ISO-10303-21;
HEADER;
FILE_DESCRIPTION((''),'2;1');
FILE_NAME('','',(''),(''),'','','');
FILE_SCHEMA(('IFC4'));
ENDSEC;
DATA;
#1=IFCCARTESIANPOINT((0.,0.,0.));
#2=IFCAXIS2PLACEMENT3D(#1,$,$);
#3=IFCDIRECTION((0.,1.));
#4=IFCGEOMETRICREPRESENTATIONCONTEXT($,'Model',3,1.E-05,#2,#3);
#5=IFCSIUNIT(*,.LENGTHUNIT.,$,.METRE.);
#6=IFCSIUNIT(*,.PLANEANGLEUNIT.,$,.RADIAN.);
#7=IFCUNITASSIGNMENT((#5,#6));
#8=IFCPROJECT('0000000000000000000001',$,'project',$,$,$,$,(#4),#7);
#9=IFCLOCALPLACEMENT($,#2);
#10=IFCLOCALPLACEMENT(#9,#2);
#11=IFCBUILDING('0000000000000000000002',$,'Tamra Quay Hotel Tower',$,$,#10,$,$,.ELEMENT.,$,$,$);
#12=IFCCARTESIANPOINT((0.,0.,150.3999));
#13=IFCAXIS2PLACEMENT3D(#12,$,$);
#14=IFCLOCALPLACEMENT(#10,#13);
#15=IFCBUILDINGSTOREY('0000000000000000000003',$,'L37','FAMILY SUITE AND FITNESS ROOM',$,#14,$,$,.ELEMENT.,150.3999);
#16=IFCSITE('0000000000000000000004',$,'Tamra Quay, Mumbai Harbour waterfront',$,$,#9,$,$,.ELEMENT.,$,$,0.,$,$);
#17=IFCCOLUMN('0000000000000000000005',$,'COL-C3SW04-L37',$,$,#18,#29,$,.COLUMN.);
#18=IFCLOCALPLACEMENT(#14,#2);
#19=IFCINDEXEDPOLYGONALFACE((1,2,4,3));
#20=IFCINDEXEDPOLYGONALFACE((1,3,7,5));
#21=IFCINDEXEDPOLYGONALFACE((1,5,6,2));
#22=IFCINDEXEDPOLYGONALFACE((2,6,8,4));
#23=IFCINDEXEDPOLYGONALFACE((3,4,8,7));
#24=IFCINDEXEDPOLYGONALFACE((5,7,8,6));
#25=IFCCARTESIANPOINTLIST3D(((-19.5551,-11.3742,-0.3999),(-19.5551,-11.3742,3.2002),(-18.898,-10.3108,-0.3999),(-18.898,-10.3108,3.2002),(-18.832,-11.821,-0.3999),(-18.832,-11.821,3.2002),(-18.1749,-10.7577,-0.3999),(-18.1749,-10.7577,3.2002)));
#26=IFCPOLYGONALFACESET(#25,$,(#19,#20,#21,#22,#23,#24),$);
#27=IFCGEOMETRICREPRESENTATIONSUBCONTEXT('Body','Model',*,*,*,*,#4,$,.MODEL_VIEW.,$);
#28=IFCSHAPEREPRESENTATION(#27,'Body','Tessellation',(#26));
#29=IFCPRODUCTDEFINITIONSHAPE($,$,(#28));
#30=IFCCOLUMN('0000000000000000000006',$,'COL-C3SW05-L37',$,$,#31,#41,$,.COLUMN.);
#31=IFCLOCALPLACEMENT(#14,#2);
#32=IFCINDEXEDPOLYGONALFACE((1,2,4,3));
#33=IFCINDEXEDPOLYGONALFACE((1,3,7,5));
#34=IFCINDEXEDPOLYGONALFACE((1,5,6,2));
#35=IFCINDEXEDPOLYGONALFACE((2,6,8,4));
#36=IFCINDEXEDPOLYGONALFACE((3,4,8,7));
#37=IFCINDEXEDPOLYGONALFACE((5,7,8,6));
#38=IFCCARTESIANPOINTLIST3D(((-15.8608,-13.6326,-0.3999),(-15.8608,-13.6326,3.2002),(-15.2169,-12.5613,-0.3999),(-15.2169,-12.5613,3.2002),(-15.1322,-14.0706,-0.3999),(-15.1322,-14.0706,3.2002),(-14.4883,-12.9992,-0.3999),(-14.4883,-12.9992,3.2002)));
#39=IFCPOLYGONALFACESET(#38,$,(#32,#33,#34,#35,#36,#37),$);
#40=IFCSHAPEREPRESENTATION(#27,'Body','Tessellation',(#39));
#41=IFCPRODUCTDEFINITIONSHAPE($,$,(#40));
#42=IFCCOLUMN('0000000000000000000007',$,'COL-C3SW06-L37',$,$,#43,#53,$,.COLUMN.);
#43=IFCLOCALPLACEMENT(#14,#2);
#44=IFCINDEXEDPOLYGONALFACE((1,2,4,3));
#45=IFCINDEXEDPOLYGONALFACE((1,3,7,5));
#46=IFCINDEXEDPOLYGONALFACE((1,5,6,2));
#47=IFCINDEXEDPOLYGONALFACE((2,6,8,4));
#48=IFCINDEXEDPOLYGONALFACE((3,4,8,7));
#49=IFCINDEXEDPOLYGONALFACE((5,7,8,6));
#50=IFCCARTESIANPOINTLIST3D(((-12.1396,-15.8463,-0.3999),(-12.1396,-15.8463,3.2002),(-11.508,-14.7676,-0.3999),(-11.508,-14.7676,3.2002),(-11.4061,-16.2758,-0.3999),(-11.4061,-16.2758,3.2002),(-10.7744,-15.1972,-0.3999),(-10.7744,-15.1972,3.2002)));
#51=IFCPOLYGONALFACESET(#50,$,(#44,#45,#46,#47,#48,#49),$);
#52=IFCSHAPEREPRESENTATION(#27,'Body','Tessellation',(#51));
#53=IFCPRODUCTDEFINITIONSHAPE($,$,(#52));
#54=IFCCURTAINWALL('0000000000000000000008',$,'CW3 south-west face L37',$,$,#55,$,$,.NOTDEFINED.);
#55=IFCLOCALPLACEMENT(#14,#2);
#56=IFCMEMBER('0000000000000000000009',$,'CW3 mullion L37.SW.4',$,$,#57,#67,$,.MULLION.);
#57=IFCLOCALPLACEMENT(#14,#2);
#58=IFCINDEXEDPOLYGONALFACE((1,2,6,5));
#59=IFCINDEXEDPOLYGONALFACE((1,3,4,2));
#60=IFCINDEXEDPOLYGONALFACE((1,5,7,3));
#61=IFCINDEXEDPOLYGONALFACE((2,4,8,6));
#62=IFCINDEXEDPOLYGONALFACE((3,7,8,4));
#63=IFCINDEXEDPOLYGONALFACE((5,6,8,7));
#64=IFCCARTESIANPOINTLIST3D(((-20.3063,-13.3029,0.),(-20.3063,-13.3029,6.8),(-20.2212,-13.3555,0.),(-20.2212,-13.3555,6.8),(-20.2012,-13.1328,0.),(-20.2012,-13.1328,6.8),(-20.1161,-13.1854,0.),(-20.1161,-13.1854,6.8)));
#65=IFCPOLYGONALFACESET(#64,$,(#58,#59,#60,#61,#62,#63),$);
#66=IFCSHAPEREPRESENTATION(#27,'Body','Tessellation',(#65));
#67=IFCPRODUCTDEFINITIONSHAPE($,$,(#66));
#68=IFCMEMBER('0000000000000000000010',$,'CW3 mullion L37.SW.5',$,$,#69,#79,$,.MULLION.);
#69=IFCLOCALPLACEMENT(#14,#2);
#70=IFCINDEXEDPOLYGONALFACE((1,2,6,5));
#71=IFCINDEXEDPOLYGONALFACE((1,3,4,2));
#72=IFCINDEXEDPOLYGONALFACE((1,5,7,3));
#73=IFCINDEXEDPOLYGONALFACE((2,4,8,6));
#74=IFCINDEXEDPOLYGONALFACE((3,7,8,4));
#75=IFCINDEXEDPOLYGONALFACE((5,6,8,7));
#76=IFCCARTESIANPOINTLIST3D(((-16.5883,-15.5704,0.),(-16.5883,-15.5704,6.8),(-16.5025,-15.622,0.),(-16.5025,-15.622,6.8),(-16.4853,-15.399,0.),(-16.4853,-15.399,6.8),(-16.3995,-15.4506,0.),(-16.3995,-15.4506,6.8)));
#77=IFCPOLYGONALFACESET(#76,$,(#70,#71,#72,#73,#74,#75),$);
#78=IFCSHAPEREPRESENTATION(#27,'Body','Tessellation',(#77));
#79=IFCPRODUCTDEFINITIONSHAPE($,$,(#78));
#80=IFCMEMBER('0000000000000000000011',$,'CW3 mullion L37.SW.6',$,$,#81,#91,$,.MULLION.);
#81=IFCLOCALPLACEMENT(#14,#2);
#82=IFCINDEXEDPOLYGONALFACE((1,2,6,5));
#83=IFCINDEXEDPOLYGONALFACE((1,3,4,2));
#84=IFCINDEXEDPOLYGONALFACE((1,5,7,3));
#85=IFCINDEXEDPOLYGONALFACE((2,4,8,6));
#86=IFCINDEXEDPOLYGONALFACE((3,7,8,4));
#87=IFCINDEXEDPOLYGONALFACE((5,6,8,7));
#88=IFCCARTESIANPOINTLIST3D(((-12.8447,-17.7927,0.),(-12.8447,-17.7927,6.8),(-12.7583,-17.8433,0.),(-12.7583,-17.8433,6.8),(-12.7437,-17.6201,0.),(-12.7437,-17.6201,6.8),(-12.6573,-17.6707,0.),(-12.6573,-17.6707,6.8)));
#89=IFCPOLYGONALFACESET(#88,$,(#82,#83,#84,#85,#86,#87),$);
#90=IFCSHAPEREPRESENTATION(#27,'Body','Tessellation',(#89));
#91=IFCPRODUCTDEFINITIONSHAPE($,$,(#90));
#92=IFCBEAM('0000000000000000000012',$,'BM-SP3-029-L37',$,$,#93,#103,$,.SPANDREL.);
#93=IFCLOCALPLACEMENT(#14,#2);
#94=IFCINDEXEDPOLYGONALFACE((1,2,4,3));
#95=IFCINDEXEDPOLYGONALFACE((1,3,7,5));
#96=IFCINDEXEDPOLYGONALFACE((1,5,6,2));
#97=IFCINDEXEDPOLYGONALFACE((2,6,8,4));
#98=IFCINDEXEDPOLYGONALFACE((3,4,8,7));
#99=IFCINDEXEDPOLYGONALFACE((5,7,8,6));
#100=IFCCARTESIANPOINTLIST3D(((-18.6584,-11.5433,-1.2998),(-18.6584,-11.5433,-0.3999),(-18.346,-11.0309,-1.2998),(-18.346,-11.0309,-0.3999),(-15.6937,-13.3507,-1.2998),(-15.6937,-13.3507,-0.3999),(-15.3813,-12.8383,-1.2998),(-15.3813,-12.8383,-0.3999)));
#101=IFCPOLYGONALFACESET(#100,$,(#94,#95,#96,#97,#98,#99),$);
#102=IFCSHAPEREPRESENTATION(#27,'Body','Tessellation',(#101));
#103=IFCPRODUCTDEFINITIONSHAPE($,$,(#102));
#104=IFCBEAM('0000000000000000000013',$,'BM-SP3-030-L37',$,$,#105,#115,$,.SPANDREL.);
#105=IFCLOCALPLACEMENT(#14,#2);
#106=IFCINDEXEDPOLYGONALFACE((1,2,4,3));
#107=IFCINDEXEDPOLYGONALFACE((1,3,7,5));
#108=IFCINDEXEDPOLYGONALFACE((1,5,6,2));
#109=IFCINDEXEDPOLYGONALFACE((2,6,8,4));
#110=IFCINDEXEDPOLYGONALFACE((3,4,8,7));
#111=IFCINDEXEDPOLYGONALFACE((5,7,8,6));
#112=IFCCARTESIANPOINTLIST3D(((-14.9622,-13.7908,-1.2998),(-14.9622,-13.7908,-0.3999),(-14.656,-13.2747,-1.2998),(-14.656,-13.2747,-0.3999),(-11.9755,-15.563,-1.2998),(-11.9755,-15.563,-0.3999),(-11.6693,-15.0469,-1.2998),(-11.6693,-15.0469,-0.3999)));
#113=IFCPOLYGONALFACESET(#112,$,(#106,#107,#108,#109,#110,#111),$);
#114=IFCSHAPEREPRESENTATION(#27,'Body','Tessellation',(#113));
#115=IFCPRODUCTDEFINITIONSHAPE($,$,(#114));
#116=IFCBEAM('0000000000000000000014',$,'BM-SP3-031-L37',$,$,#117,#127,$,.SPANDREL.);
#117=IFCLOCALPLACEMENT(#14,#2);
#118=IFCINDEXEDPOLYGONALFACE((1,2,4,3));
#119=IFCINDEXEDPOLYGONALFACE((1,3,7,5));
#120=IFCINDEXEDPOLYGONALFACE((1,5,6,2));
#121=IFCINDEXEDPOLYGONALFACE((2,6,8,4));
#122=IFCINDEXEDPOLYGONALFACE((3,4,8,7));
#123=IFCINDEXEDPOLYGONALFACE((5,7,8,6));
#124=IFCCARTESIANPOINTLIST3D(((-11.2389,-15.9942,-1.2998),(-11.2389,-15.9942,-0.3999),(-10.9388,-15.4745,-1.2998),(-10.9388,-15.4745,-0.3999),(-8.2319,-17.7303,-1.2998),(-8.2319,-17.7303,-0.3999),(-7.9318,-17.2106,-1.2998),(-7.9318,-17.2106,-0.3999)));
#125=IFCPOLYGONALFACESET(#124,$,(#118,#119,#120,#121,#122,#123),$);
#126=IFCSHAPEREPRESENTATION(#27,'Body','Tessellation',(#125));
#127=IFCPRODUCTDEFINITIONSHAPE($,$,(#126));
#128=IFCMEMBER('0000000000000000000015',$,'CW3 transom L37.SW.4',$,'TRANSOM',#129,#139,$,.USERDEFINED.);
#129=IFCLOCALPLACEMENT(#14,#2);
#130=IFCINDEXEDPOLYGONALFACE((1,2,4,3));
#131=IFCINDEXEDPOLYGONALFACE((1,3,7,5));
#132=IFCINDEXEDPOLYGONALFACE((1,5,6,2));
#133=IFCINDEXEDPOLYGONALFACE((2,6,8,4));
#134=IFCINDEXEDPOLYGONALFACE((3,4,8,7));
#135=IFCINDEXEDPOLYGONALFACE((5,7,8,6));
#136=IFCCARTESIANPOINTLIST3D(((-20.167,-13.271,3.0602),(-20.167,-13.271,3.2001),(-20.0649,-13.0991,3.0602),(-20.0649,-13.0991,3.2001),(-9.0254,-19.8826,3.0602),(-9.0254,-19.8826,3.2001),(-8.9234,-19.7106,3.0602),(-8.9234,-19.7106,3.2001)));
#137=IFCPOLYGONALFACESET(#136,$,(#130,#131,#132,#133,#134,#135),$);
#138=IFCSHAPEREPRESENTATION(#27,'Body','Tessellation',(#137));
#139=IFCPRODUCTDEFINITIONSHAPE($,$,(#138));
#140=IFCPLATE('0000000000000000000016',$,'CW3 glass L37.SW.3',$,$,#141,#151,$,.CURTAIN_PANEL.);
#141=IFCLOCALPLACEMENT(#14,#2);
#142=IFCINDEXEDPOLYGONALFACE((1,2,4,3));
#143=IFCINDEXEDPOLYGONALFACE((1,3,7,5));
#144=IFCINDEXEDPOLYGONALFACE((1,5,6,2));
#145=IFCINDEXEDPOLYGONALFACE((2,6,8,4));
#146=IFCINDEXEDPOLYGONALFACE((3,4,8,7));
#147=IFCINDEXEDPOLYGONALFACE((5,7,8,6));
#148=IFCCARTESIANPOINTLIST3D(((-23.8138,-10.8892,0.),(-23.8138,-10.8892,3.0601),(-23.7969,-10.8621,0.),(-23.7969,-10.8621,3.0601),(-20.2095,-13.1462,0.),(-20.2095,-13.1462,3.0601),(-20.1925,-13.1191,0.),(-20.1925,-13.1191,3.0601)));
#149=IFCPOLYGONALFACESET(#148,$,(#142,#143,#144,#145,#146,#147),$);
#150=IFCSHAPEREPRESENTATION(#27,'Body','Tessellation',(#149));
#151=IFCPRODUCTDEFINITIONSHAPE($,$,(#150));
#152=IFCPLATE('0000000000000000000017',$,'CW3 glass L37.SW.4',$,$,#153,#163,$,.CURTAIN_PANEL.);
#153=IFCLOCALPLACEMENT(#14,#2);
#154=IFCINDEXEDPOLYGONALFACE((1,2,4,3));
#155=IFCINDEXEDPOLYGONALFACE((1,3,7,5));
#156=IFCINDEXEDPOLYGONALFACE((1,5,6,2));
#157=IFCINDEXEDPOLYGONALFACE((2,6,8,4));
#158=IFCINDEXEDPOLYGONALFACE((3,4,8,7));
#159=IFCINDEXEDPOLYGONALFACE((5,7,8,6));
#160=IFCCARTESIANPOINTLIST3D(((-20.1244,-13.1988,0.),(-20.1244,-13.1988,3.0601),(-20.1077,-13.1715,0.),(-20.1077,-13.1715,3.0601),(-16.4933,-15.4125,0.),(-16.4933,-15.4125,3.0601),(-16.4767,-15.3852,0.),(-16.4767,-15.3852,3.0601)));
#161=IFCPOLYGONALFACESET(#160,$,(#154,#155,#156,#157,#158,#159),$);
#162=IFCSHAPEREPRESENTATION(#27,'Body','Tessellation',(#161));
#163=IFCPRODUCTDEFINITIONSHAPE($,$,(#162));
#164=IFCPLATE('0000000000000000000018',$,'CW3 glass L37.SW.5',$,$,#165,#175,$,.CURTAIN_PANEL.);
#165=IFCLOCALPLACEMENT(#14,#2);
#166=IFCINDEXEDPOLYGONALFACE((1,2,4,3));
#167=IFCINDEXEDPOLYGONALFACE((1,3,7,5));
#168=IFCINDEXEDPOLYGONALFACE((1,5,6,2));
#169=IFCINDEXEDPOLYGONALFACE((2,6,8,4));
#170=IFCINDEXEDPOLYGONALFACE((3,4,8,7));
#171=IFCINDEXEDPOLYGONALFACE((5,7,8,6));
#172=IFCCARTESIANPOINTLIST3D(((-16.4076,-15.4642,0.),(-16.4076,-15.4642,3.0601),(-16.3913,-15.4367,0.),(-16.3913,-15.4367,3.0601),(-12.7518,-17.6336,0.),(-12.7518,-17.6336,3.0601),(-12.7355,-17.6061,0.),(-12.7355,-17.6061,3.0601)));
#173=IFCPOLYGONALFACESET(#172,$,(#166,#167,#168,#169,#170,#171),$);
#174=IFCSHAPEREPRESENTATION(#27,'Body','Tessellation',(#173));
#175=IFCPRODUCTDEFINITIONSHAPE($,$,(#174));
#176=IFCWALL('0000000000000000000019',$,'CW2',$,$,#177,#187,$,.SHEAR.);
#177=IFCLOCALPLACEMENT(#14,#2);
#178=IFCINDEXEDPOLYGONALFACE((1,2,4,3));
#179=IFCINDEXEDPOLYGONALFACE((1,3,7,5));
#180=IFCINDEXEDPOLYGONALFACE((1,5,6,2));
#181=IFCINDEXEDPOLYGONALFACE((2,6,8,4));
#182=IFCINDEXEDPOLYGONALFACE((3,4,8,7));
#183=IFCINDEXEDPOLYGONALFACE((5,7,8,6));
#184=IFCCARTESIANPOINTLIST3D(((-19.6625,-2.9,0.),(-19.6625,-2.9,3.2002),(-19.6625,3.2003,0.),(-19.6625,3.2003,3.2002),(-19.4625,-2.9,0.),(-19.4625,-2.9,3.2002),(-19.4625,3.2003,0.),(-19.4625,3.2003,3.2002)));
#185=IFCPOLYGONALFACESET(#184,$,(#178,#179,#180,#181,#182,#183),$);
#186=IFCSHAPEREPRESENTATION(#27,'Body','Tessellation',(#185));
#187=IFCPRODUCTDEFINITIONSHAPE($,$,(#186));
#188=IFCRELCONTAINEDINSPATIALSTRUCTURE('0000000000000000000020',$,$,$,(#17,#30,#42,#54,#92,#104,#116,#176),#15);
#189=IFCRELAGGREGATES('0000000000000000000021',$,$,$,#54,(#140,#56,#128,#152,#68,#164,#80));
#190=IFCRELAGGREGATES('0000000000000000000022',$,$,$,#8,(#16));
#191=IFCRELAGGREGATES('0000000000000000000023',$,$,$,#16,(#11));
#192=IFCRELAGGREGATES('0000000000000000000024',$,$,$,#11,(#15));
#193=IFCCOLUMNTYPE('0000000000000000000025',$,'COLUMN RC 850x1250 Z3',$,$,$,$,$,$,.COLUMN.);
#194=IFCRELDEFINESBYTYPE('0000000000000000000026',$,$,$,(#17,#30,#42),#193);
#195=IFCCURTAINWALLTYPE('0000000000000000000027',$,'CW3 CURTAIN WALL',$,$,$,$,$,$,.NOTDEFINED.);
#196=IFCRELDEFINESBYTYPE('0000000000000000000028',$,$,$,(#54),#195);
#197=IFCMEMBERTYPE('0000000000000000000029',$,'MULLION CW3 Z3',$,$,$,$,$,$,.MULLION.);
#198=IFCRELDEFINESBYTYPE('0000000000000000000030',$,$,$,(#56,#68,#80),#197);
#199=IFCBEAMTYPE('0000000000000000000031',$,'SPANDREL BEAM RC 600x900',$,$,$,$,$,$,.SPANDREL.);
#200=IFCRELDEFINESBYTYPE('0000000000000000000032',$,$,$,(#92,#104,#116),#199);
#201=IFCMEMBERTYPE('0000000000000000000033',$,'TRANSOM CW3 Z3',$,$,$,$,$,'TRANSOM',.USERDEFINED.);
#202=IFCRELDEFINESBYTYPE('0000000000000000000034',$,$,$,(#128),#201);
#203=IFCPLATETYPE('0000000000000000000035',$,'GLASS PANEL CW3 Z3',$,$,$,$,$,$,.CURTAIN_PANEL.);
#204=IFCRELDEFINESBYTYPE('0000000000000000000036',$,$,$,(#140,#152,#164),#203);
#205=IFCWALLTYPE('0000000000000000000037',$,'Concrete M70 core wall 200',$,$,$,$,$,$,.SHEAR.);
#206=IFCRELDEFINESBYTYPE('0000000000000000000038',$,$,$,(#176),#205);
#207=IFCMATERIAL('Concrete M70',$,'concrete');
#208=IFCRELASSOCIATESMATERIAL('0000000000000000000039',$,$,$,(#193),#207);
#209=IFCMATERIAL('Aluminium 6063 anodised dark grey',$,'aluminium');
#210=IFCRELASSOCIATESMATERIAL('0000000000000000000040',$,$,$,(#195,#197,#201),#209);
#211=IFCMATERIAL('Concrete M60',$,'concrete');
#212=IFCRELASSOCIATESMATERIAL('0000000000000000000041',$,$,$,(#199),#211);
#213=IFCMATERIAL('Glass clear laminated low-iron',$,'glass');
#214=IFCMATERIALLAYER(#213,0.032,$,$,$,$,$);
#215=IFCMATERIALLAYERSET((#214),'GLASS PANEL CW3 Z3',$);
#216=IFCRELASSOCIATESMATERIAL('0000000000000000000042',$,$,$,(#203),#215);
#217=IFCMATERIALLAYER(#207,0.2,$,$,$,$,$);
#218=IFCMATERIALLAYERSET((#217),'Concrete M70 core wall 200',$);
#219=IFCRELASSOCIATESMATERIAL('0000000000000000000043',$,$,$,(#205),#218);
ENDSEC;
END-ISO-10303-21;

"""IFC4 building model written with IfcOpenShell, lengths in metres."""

from ifc_helpers import new_model, si_unit, direction, frame, frame_2d, origin, origin_2d, place, context, subcontext, project, spatial, rectangle, extrude, material, layer, layer_set, material_profile, profile_set, type_object, element, aggregate, save


model = new_model("IFC4")

# Units and contexts
model_context = context("Model", 3, precision=1e-05, world=origin(), true_north=direction((0.0, 1.0)))
body_context = subcontext(model_context, "Body", "Model", "MODEL_VIEW")
ifc_project = project(units=[si_unit("LENGTHUNIT", "METRE"), si_unit("PLANEANGLEUNIT", "RADIAN")], contexts=[model_context])

# Site, building, storey
site_placement = place(None, origin())
site = spatial("IfcSite", under=ifc_project, at=site_placement, Name="Tamra Quay, Mumbai Harbour waterfront", CompositionType="ELEMENT", RefElevation=0.0)
building_placement = place(site_placement, origin())
building = spatial("IfcBuilding", under=site, at=building_placement, Name="Tamra Quay Hotel Tower", CompositionType="ELEMENT")
storey_placement = place(building_placement, frame((0.0, 0.0, 150.3999)))
storey = spatial("IfcBuildingStorey", under=building, at=storey_placement, Name="L37", Description="FAMILY SUITE AND FITNESS ROOM", CompositionType="ELEMENT", Elevation=150.3999)

# Columns
ifc_material_1 = material(Name="Concrete M70", Category="concrete")
ifc_material_profile_1 = material_profile(ifc_material_1, rectangle(XDim=1.25, YDim=0.8501, at=origin_2d()), Name="COLUMN RC 850x1250 Z3")
ifc_profile_set_1 = profile_set([ifc_material_profile_1], Name="Concrete M70")
column_type = type_object("IfcColumnType", Name="COLUMN RC 850x1250 Z3", PredefinedType="COLUMN", material=ifc_profile_set_1)
for number, where, z_axis, x_axis, name in (
    (1, (-18.865, -11.0659, -0.3999), (0.0, 0.0, 1.0), (0.525677, 0.850685, 0.0), "COL-C3SW04-L37"),
    (2, (-15.1746, -13.3159, -0.3999), (0.0, 0.0, 1.0), (0.515162, 0.857093, 0.0), "COL-C3SW05-L37"),
    (3, (-11.457, -15.5217, -0.3999), (0.0, 0.0, 1.0), (0.505325, 0.862929, 0.0), "COL-C3SW06-L37"),
):
    element("IfcColumn", number, at=place(storey_placement, frame(where, z_axis=z_axis, x_axis=x_axis)), inside=storey, type_object=column_type, Name=name, PredefinedType="COLUMN", context=body_context, shape_type="SweptSolid", body=[
        extrude(rectangle(XDim=1.25, YDim=0.8501, at=origin_2d()), origin(), (0.0, 0.0, 1.0), 3.6001),
    ])

# Curtain wall, members
ifc_material_2 = material(Name="Aluminium 6063 anodised dark grey", Category="aluminium")
curtain_wall_type = type_object("IfcCurtainWallType", Name="CW3 CURTAIN WALL", PredefinedType="NOTDEFINED", material=ifc_material_2)
curtain_wall_placement = place(storey_placement, origin())
curtain_wall = element("IfcCurtainWall", 4, at=curtain_wall_placement, inside=storey, type_object=curtain_wall_type, Name="CW3 south-west face L37", PredefinedType="NOTDEFINED")
ifc_material_profile_2 = material_profile(ifc_material_2, rectangle(XDim=0.2, YDim=0.1001, at=origin_2d()), Name="MULLION 100X200")
ifc_profile_set_2 = profile_set([ifc_material_profile_2], Name="Aluminium 6063 anodised dark grey")
member_type_1 = type_object("IfcMemberType", Name="MULLION CW3 Z3", PredefinedType="MULLION", material=ifc_profile_set_2)
member_1_placement = place(storey_placement, frame((-20.2112, -13.2441, 0.0), z_axis=(0.0, 0.0, 1.0), x_axis=(-0.525646, -0.850703, 0.0)))
member_1 = element("IfcMember", 5, at=member_1_placement, type_object=member_type_1, Name="CW3 mullion L37.SW.4", PredefinedType="MULLION", context=body_context, shape_type="SweptSolid", body=[
    extrude(rectangle(XDim=0.2, YDim=0.1001, at=origin_2d()), origin(), (0.0, 0.0, 1.0), 6.8),
])
member_2_placement = place(storey_placement, frame((-16.4939, -15.5105, 0.0), z_axis=(0.0, 0.0, 1.0), x_axis=(-0.515445, -0.856923, 0.0)))
member_2 = element("IfcMember", 6, at=member_2_placement, type_object=member_type_1, Name="CW3 mullion L37.SW.5", PredefinedType="MULLION", context=body_context, shape_type="SweptSolid", body=[
    extrude(rectangle(XDim=0.2, YDim=0.1001, at=origin_2d()), origin(), (0.0, 0.0, 1.0), 6.8),
])
member_3_placement = place(storey_placement, frame((-12.751, -17.7317, 0.0), z_axis=(0.0, 0.0, 1.0), x_axis=(-0.505169, -0.863021, 0.0)))
member_3 = element("IfcMember", 7, at=member_3_placement, type_object=member_type_1, Name="CW3 mullion L37.SW.6", PredefinedType="MULLION", context=body_context, shape_type="SweptSolid", body=[
    extrude(rectangle(XDim=0.2, YDim=0.1001, at=origin_2d()), origin(), (0.0, 0.0, 1.0), 6.8),
])

# Beams
ifc_material_3 = material(Name="Concrete M60", Category="concrete")
ifc_material_profile_3 = material_profile(ifc_material_3, rectangle(XDim=0.6001, YDim=0.8999, at=origin_2d()), Name="SPANDREL BEAM RC 600x900")
ifc_profile_set_3 = profile_set([ifc_material_profile_3], Name="Concrete M60")
beam_type = type_object("IfcBeamType", Name="SPANDREL BEAM RC 600x900", PredefinedType="SPANDREL", material=ifc_profile_set_3)
beam_1_placement = place(storey_placement, frame((-18.5022, -11.2871, -0.8499), z_axis=(0.853836, -0.520542, 0.0), x_axis=(0.520542, 0.853836, 0.0)))
element("IfcBeam", 8, at=beam_1_placement, inside=storey, type_object=beam_type, Name="BM-SP3-029-L37", PredefinedType="SPANDREL", context=body_context, shape_type="SweptSolid", body=[
    extrude(rectangle(XDim=0.6001, YDim=0.8999, at=origin_2d()), origin(), (0.0, 0.0, 1.0), 3.4722),
])
beam_2_placement = place(storey_placement, frame((-14.8091, -13.5327, -0.8499), z_axis=(0.859989, -0.510313, 0.0), x_axis=(0.510313, 0.859989, 0.0)))
element("IfcBeam", 9, at=beam_2_placement, inside=storey, type_object=beam_type, Name="BM-SP3-030-L37", PredefinedType="SPANDREL", context=body_context, shape_type="SweptSolid", body=[
    extrude(rectangle(XDim=0.6001, YDim=0.8999, at=origin_2d()), origin(), (0.0, 0.0, 1.0), 3.4729),
])
beam_3_placement = place(storey_placement, frame((-11.0889, -15.7344, -0.8499), z_axis=(0.866032, -0.499988, 0.0), x_axis=(0.499988, 0.866032, 0.0)))
element("IfcBeam", 10, at=beam_3_placement, inside=storey, type_object=beam_type, Name="BM-SP3-031-L37", PredefinedType="SPANDREL", context=body_context, shape_type="SweptSolid", body=[
    extrude(rectangle(XDim=0.6001, YDim=0.8999, at=origin_2d()), origin(), (0.0, 0.0, 1.0), 3.4722),
])

# Member
ifc_material_profile_4 = material_profile(ifc_material_2, rectangle(XDim=0.2, YDim=0.1399, at=origin_2d()), Name="TRANSOM 200X140")
ifc_profile_set_4 = profile_set([ifc_material_profile_4], Name="Aluminium 6063 anodised dark grey")
member_type_2 = type_object("IfcMemberType", Name="TRANSOM CW3 Z3", ElementType="TRANSOM", PredefinedType="USERDEFINED", material=ifc_profile_set_4)
member_4_placement = place(storey_placement, frame((-20.116, -13.1851, 3.1301), z_axis=(0.859982, -0.510325, 0.0), x_axis=(0.510325, 0.859982, 0.0)))
member_4 = element("IfcMember", 11, at=member_4_placement, type_object=member_type_2, Name="CW3 transom L37.SW.4", ObjectType="TRANSOM", PredefinedType="USERDEFINED", context=body_context, shape_type="SweptSolid", body=[
    extrude(rectangle(XDim=0.2, YDim=0.1399, at=origin_2d()), origin(), (0.0, 0.0, 1.0), 12.9556),
])

# Plates
ifc_material_4 = material(Name="Glass clear laminated low-iron", Category="glass")
ifc_layer_1 = layer(ifc_material_4, 0.032)
ifc_layer_set_1 = layer_set([ifc_layer_1], Name="GLASS PANEL CW3 Z3")
plate_type = type_object("IfcPlateType", Name="GLASS PANEL CW3 Z3", PredefinedType="CURTAIN_PANEL", material=ifc_layer_set_1)
plate_1_placement = place(storey_placement, frame((-22.0032, -12.0042, 0.0), z_axis=(0.0, 0.0, 1.0), x_axis=(0.847546, -0.530722, 0.0)))
plate_1 = element("IfcPlate", 12, at=plate_1_placement, type_object=plate_type, Name="CW3 glass L37.SW.3", PredefinedType="CURTAIN_PANEL", context=body_context, shape_type="SweptSolid", body=[
    extrude(rectangle(XDim=4.2527, YDim=0.032, at=origin_2d()), origin(), (0.0, 0.0, 1.0), 3.0601),
])
plate_2_placement = place(storey_placement, frame((-18.3005, -14.292, 0.0), z_axis=(0.0, 0.0, 1.0), x_axis=(0.85383, -0.520552, 0.0)))
plate_2 = element("IfcPlate", 13, at=plate_2_placement, type_object=plate_type, Name="CW3 glass L37.SW.4", PredefinedType="CURTAIN_PANEL", context=body_context, shape_type="SweptSolid", body=[
    extrude(rectangle(XDim=4.2527, YDim=0.032, at=origin_2d()), origin(), (0.0, 0.0, 1.0), 3.0601),
])
plate_3_placement = place(storey_placement, frame((-14.5715, -16.5352, 0.0), z_axis=(0.0, 0.0, 1.0), x_axis=(0.859985, -0.510319, 0.0)))
plate_3 = element("IfcPlate", 14, at=plate_3_placement, type_object=plate_type, Name="CW3 glass L37.SW.5", PredefinedType="CURTAIN_PANEL", context=body_context, shape_type="SweptSolid", body=[
    extrude(rectangle(XDim=4.251, YDim=0.032, at=origin_2d()), origin(), (0.0, 0.0, 1.0), 3.0601),
])
aggregate(curtain_wall, [plate_1, member_1, member_4, plate_2, member_2, plate_3, member_3])

# Wall
ifc_layer_2 = layer(ifc_material_1, 0.2)
ifc_layer_set_2 = layer_set([ifc_layer_2], Name="Concrete M70 core wall 200")
wall_type_1 = type_object("IfcWallType", Name="Concrete M70 core wall 200", PredefinedType="SHEAR", material=ifc_layer_set_2)
wall_1_placement = place(storey_placement, frame((-19.5625, -2.9001, 0.0), z_axis=(0.0, 0.0, 1.0), x_axis=(0.0, 1.0, 0.0)))
element("IfcWall", 15, at=wall_1_placement, inside=storey, type_object=wall_type_1, Name="CW2", PredefinedType="SHEAR", context=body_context, shape_type="SweptSolid", body=[
    extrude(rectangle(XDim=6.1003, YDim=0.2, at=frame_2d((3.0503, 0.0))), origin(), (0.0, 0.0, 1.0), 3.2002),
])

save(model, "model.ifc")
